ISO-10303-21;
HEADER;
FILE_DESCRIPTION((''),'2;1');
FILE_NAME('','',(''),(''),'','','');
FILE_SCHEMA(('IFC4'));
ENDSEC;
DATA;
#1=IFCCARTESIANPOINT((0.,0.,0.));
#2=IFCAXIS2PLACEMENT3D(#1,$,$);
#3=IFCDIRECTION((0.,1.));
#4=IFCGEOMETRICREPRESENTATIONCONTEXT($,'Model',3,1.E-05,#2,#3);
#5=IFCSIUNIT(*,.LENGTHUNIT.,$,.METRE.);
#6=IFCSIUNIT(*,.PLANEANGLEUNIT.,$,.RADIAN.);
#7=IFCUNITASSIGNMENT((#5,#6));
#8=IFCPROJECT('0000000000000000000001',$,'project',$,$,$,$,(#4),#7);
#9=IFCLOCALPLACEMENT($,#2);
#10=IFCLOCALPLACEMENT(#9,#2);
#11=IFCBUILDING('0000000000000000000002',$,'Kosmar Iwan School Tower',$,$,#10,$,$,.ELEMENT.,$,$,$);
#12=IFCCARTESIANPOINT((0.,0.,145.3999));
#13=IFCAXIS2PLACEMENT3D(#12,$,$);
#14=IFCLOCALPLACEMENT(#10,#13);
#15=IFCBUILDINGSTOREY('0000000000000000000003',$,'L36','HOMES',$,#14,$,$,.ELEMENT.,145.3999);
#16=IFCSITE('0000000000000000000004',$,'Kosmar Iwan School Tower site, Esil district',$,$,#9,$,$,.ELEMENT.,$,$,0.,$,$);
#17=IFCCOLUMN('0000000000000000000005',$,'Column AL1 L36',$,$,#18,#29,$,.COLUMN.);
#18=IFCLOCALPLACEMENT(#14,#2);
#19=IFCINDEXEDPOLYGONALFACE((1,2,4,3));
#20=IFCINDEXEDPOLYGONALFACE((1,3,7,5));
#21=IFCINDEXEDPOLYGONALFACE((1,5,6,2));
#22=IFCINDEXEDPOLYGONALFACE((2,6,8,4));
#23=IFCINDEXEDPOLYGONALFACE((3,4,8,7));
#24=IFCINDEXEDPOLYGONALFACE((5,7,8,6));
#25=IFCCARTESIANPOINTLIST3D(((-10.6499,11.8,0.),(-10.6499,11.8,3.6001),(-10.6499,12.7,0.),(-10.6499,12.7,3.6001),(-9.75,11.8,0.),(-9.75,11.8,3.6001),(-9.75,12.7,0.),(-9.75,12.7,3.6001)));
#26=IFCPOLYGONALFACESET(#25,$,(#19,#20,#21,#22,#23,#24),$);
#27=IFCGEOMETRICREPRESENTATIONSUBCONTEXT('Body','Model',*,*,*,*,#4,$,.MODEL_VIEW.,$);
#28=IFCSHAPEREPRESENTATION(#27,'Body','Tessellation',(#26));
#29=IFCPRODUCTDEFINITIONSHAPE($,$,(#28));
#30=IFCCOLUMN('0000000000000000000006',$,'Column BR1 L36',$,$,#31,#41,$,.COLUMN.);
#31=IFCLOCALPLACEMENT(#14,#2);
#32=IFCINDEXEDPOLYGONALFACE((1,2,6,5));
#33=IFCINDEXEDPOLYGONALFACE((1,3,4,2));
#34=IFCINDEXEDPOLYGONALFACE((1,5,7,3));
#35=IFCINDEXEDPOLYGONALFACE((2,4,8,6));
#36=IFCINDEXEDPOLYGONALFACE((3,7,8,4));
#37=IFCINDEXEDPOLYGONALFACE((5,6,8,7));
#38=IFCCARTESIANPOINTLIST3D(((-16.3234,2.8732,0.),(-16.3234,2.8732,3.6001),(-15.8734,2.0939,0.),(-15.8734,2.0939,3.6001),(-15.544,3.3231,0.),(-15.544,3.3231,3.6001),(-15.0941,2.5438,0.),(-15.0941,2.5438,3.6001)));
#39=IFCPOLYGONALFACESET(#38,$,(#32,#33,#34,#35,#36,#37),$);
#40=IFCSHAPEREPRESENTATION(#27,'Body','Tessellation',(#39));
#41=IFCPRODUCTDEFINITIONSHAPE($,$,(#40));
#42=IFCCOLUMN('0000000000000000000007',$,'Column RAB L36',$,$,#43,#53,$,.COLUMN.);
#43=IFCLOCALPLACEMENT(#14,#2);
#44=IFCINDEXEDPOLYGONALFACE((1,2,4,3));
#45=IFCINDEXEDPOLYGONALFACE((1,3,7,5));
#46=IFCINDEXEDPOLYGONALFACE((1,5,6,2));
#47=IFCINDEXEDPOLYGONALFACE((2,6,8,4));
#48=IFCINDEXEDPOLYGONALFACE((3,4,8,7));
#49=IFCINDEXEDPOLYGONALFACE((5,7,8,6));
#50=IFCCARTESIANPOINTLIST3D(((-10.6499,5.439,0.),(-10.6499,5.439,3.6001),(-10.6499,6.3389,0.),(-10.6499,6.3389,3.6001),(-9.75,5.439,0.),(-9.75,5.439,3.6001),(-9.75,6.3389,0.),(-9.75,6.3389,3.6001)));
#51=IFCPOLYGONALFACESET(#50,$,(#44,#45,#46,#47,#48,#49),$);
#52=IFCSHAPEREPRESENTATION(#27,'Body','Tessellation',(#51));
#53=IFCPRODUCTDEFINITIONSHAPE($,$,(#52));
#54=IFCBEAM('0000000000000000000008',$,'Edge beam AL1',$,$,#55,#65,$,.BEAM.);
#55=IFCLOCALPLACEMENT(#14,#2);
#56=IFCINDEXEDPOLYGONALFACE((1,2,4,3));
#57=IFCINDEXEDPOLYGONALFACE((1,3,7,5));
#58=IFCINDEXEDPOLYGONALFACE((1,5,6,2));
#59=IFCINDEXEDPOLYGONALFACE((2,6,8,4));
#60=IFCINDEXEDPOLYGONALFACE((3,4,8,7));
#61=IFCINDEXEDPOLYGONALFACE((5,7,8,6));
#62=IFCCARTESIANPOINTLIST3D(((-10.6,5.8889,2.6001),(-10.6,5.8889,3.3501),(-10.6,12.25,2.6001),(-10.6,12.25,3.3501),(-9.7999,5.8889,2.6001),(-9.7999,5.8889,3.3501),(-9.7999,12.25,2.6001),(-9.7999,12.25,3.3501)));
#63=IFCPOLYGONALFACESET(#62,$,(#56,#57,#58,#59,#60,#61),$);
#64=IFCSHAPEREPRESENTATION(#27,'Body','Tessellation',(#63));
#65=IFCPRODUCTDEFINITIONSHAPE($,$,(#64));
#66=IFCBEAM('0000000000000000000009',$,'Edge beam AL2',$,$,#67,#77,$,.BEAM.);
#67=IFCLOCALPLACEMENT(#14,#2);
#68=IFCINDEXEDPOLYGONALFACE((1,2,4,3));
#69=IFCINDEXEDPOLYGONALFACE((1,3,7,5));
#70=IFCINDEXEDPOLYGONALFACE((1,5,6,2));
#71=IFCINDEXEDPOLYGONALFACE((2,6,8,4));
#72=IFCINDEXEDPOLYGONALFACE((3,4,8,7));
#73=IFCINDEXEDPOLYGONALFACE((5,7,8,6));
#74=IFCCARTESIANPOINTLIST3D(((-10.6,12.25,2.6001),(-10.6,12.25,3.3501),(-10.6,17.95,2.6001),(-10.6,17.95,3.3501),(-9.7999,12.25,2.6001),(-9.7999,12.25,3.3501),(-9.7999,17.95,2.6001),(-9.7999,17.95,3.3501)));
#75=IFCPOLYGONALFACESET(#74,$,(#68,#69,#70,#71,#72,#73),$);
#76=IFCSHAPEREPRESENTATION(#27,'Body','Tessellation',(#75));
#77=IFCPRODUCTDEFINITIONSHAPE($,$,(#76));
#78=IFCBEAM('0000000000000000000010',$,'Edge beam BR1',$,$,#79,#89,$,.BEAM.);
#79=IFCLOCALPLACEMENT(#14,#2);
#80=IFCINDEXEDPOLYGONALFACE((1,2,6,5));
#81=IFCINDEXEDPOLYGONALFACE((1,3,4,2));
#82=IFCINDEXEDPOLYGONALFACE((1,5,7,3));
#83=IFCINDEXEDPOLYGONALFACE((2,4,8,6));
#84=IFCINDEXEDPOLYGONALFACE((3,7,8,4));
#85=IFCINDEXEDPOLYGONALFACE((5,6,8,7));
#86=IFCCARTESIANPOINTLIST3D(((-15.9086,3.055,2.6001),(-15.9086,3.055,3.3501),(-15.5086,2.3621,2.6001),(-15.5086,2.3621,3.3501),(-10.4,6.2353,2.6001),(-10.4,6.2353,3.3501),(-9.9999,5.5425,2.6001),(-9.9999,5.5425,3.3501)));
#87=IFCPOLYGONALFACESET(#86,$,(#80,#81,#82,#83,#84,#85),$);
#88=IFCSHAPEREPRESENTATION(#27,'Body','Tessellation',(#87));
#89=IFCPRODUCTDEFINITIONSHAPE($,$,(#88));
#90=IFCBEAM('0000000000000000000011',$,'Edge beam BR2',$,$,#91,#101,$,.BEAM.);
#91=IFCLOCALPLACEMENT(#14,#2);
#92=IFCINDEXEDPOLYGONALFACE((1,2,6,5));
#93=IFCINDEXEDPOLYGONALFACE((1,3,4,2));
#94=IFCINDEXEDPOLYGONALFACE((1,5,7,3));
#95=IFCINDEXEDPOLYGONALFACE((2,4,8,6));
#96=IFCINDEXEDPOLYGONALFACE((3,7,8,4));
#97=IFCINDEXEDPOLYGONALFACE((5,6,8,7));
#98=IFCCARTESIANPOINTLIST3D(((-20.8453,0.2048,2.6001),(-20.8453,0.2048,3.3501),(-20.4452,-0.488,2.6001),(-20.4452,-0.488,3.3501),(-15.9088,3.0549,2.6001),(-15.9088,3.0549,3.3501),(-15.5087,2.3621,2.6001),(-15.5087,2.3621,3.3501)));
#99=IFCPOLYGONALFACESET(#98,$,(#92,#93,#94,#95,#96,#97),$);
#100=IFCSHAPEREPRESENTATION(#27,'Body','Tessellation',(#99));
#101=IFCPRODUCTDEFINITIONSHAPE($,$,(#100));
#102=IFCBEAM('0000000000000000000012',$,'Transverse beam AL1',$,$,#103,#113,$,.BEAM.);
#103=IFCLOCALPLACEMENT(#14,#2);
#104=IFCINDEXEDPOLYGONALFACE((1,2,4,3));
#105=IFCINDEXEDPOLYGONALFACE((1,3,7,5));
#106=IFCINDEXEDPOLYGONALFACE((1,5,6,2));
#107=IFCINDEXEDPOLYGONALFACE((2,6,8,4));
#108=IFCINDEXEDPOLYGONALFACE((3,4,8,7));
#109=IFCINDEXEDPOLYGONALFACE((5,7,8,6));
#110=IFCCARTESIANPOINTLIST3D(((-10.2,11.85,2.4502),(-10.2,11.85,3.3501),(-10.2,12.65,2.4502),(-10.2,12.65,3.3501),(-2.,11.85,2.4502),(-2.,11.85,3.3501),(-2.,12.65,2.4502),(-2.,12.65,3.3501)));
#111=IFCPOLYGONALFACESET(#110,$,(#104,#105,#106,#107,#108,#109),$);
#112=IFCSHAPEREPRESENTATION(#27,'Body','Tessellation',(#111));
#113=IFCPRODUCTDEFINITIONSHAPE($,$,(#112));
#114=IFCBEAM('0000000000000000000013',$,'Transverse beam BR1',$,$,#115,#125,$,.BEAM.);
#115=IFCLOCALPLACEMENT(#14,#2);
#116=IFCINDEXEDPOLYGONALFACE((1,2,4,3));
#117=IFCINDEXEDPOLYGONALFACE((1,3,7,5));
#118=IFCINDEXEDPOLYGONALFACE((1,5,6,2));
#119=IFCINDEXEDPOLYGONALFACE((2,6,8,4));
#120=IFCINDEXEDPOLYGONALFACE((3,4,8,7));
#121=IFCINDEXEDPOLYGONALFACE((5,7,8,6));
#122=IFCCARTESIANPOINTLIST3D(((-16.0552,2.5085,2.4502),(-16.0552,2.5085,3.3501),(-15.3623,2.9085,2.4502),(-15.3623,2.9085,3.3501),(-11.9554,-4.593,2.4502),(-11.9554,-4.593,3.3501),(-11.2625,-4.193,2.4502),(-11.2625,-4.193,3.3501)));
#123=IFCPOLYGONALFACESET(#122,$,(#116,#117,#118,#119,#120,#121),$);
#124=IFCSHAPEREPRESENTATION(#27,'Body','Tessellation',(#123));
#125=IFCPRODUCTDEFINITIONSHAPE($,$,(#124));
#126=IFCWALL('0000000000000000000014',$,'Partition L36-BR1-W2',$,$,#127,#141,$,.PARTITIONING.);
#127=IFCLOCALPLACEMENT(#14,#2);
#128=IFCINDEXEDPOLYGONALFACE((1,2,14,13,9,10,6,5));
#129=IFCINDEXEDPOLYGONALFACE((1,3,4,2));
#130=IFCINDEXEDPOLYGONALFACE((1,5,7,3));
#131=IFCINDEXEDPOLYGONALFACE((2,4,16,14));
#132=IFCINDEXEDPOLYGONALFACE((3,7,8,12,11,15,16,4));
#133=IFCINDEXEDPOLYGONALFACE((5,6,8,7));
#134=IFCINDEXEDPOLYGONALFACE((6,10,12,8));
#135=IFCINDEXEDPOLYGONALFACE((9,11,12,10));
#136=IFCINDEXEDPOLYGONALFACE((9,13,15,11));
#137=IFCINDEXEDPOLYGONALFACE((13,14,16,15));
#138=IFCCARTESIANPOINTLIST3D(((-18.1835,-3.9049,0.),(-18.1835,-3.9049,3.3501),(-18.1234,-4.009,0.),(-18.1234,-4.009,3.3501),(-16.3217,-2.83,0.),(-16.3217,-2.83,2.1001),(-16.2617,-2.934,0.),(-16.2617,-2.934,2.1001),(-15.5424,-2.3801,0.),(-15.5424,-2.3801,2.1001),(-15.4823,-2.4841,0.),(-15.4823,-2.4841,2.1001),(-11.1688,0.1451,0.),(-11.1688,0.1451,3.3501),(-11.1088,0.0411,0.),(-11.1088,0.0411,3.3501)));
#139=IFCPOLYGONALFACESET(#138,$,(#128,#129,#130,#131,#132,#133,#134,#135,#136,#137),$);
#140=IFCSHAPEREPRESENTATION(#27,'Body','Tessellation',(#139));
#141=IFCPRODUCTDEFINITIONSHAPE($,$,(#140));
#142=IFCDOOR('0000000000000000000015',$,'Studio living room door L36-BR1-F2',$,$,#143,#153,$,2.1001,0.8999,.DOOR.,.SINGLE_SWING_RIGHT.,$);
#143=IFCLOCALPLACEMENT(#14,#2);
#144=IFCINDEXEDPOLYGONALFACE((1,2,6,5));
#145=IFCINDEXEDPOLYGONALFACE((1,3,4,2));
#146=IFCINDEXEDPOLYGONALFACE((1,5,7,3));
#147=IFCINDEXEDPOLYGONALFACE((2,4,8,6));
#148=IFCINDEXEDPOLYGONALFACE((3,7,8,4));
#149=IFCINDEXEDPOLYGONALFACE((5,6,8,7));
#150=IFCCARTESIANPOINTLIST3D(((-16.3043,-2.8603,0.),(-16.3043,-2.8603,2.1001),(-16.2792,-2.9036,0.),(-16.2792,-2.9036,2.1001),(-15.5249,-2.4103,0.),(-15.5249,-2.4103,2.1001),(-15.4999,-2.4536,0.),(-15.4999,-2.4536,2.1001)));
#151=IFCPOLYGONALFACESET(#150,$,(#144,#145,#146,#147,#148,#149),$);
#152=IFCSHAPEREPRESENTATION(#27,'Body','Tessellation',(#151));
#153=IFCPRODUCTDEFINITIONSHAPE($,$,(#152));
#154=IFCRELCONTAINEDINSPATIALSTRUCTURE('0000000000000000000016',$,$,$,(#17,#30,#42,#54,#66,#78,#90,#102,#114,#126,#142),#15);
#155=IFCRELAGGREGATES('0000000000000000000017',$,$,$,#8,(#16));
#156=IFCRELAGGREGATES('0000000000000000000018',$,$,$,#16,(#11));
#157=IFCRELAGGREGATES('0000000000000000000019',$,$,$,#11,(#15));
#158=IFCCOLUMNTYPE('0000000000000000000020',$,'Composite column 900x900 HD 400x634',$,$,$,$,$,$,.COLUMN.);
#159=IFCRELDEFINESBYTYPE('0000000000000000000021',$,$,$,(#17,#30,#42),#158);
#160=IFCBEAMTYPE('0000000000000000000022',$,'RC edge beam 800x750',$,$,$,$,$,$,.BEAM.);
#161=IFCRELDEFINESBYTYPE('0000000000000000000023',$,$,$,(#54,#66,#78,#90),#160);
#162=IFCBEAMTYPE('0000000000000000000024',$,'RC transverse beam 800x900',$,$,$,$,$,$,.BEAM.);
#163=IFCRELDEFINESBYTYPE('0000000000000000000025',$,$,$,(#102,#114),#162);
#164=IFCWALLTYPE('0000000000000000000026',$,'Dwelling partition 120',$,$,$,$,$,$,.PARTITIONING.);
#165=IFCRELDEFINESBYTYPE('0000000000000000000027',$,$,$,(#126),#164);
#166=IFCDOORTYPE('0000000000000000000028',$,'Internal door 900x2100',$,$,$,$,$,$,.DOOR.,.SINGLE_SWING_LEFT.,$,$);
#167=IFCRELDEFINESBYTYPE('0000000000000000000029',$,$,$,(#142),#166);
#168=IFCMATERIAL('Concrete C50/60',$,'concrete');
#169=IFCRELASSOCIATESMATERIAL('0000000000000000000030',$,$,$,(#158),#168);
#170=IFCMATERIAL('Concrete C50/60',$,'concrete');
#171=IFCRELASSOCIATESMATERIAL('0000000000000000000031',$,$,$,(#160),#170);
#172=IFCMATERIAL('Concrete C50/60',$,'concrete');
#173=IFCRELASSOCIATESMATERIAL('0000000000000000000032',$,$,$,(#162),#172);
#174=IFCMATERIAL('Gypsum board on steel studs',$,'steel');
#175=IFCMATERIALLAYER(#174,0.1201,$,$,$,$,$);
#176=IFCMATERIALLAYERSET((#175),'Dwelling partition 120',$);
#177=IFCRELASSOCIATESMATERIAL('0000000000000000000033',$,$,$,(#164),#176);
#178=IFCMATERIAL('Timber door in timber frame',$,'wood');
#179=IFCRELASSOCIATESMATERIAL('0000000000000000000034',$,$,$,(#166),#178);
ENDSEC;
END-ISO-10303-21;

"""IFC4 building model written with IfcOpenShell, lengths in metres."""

from ifc_helpers import new_model, si_unit, direction, frame, frame_2d, origin, origin_2d, place, context, subcontext, project, spatial, rectangle, extrude, material, layer, layer_set, material_profile, profile_set, type_object, element, fill, save


model = new_model("IFC4")

# Units and contexts
model_context = context("Model", 3, precision=1e-05, world=origin(), true_north=direction((0.0, 1.0)))
body_context = subcontext(model_context, "Body", "Model", "MODEL_VIEW")
ifc_project = project(units=[si_unit("LENGTHUNIT", "METRE"), si_unit("PLANEANGLEUNIT", "RADIAN")], contexts=[model_context])

# Site, building, storey
site_placement = place(None, origin())
site = spatial("IfcSite", under=ifc_project, at=site_placement, Name="Kosmar Iwan School Tower site, Esil district", CompositionType="ELEMENT", RefElevation=0.0)
building_placement = place(site_placement, origin())
building = spatial("IfcBuilding", under=site, at=building_placement, Name="Kosmar Iwan School Tower", CompositionType="ELEMENT")
storey_placement = place(building_placement, frame((0.0, 0.0, 145.3999)))
storey = spatial("IfcBuildingStorey", under=building, at=storey_placement, Name="L36", Description="HOMES", CompositionType="ELEMENT", Elevation=145.3999)

# Columns
ifc_material_1 = material(Name="Concrete C50/60", Category="concrete")
ifc_material_profile_1 = material_profile(ifc_material_1, rectangle(XDim=0.8999, YDim=0.8999, at=origin_2d()), Name="RC 900x900 + HD 400x634")
ifc_profile_set_1 = profile_set([ifc_material_profile_1], Name="Concrete C50/60")
column_type = type_object("IfcColumnType", Name="Composite column 900x900 HD 400x634", PredefinedType="COLUMN", material=ifc_profile_set_1)
for number, where, z_axis, x_axis, name in (
    (1, (-10.2, 12.25, 0.0), (0.0, 0.0, 1.0), (0.0, 1.0, 0.0), "Column AL1 L36"),
    (2, (-15.7087, 2.7085, 0.0), (0.0, 0.0, 1.0), (-0.866025, -0.5, 0.0), "Column BR1 L36"),
    (3, (-10.2, 5.8889, 0.0), (0.0, 0.0, 1.0), (1.0, 0.0, 0.0), "Column RAB L36"),
):
    element("IfcColumn", number, at=place(storey_placement, frame(where, z_axis=z_axis, x_axis=x_axis)), inside=storey, type_object=column_type, Name=name, PredefinedType="COLUMN", context=body_context, shape_type="SweptSolid", body=[
        extrude(rectangle(XDim=0.8999, YDim=0.8999, at=origin_2d()), origin(), (0.0, 0.0, 1.0), 3.6001),
    ])

# Beams
ifc_material_2 = material(Name="Concrete C50/60", Category="concrete")
ifc_material_profile_2 = material_profile(ifc_material_2, rectangle(XDim=0.8, YDim=0.75, at=origin_2d()), Name="RC 800x750")
ifc_profile_set_2 = profile_set([ifc_material_profile_2], Name="Concrete C50/60")
beam_type_1 = type_object("IfcBeamType", Name="RC edge beam 800x750", PredefinedType="BEAM", material=ifc_profile_set_2)
beam_1_placement = place(storey_placement, frame((-10.2, 5.8889, 2.9751), z_axis=(0.0, 1.0, 0.0), x_axis=(-1.0, 0.0, 0.0)))
element("IfcBeam", 4, at=beam_1_placement, inside=storey, type_object=beam_type_1, Name="Edge beam AL1", PredefinedType="BEAM", context=body_context, shape_type="SweptSolid", body=[
    extrude(rectangle(XDim=0.8, YDim=0.75, at=origin_2d()), origin(), (0.0, 0.0, 1.0), 6.3611),
])
beam_2_placement = place(storey_placement, frame((-10.2, 12.25, 2.9751), z_axis=(0.0, 1.0, 0.0), x_axis=(-1.0, 0.0, 0.0)))
element("IfcBeam", 5, at=beam_2_placement, inside=storey, type_object=beam_type_1, Name="Edge beam AL2", PredefinedType="BEAM", context=body_context, shape_type="SweptSolid", body=[
    extrude(rectangle(XDim=0.8, YDim=0.75, at=origin_2d()), origin(), (0.0, 0.0, 1.0), 5.7),
])
beam_3_placement = place(storey_placement, frame((-10.2, 5.8889, 2.9751), z_axis=(-0.866031, -0.49999, 0.0), x_axis=(0.49999, -0.866031, 0.0)))
element("IfcBeam", 6, at=beam_3_placement, inside=storey, type_object=beam_type_1, Name="Edge beam BR1", PredefinedType="BEAM", context=body_context, shape_type="SweptSolid", body=[
    extrude(rectangle(XDim=0.8, YDim=0.75, at=origin_2d()), origin(), (0.0, 0.0, 1.0), 6.3608),
])
beam_4_placement = place(storey_placement, frame((-15.7087, 2.7085, 2.9751), z_axis=(-0.866026, -0.499999, 0.0), x_axis=(0.499999, -0.866026, 0.0)))
element("IfcBeam", 7, at=beam_4_placement, inside=storey, type_object=beam_type_1, Name="Edge beam BR2", PredefinedType="BEAM", context=body_context, shape_type="SweptSolid", body=[
    extrude(rectangle(XDim=0.8, YDim=0.75, at=origin_2d()), origin(), (0.0, 0.0, 1.0), 5.7002),
])
ifc_material_3 = material(Name="Concrete C50/60", Category="concrete")
ifc_material_profile_3 = material_profile(ifc_material_3, rectangle(XDim=0.8, YDim=0.8999, at=origin_2d()), Name="RC 800x900")
ifc_profile_set_3 = profile_set([ifc_material_profile_3], Name="Concrete C50/60")
beam_type_2 = type_object("IfcBeamType", Name="RC transverse beam 800x900", PredefinedType="BEAM", material=ifc_profile_set_3)
for number, where, z_axis, x_axis, name in (
    (8, (-10.2, 12.25, 2.9001), (1.0, 0.0, 0.0), (0.0, 1.0, 0.0), "Transverse beam AL1"),
    (9, (-15.7087, 2.7085, 2.9001), (0.499978, -0.866038, 0.0), (0.866038, 0.499978, 0.0), "Transverse beam BR1"),
):
    element("IfcBeam", number, at=place(storey_placement, frame(where, z_axis=z_axis, x_axis=x_axis)), inside=storey, type_object=beam_type_2, Name=name, PredefinedType="BEAM", context=body_context, shape_type="SweptSolid", body=[
        extrude(rectangle(XDim=0.8, YDim=0.8999, at=origin_2d()), origin(), (0.0, 0.0, 1.0), 8.2),
    ])

# Wall, opening, door
ifc_material_4 = material(Name="Gypsum board on steel studs", Category="steel")
ifc_layer_1 = layer(ifc_material_4, 0.1201)
ifc_layer_set_1 = layer_set([ifc_layer_1], Name="Dwelling partition 120")
wall_type_1 = type_object("IfcWallType", Name="Dwelling partition 120", PredefinedType="PARTITIONING", material=ifc_layer_set_1)
wall_1_placement = place(storey_placement, frame((-11.1389, 0.093, 0.0), z_axis=(0.0, 0.0, 1.0), x_axis=(-0.866018, -0.500013, 0.0)))
wall_1 = element("IfcWall", 10, at=wall_1_placement, inside=storey, type_object=wall_type_1, Name="Partition L36-BR1-W2", PredefinedType="PARTITIONING", context=body_context, shape_type="SweptSolid", body=[
    extrude(rectangle(XDim=8.0999, YDim=0.1201, at=frame_2d((4.0498, 0.0))), origin(), (0.0, 0.0, 1.0), 3.3501),
])
opening_1_placement = place(wall_1_placement, frame((5.05, 0.0, 0.0)))
opening_1 = element("IfcOpeningElement", 11, at=opening_1_placement, cuts=wall_1, PredefinedType="OPENING", context=body_context, shape_type="SweptSolid", body=[
    extrude(rectangle(XDim=0.8999, YDim=2.1001, at=frame_2d((0.45, 1.05))), frame((0.0, 0.072, 0.0), z_axis=(0.0, -1.0, 0.0), x_axis=(1.0, 0.0, 0.0)), (0.0, 0.0, 1.0), 0.144),
])
ifc_material_5 = material(Name="Timber door in timber frame", Category="wood")
door_type = type_object("IfcDoorType", Name="Internal door 900x2100", OperationType="SINGLE_SWING_LEFT", PredefinedType="DOOR", material=ifc_material_5)
door_placement = place(opening_1_placement, origin())
door = element("IfcDoor", 12, at=door_placement, inside=storey, type_object=door_type, Name="Studio living room door L36-BR1-F2", OperationType="SINGLE_SWING_RIGHT", OverallHeight=2.1001, OverallWidth=0.8999, PredefinedType="DOOR", context=body_context, shape_type="SweptSolid", body=[
    extrude(rectangle(XDim=0.8999, YDim=2.1001, at=frame_2d((0.45, 1.05))), frame((0.0, 0.0249, 0.0), z_axis=(0.0, -1.0, 0.0), x_axis=(1.0, 0.0, 0.0)), (0.0, 0.0, 1.0), 0.05),
])
fill(opening_1, door)

save(model, "model.ifc")
